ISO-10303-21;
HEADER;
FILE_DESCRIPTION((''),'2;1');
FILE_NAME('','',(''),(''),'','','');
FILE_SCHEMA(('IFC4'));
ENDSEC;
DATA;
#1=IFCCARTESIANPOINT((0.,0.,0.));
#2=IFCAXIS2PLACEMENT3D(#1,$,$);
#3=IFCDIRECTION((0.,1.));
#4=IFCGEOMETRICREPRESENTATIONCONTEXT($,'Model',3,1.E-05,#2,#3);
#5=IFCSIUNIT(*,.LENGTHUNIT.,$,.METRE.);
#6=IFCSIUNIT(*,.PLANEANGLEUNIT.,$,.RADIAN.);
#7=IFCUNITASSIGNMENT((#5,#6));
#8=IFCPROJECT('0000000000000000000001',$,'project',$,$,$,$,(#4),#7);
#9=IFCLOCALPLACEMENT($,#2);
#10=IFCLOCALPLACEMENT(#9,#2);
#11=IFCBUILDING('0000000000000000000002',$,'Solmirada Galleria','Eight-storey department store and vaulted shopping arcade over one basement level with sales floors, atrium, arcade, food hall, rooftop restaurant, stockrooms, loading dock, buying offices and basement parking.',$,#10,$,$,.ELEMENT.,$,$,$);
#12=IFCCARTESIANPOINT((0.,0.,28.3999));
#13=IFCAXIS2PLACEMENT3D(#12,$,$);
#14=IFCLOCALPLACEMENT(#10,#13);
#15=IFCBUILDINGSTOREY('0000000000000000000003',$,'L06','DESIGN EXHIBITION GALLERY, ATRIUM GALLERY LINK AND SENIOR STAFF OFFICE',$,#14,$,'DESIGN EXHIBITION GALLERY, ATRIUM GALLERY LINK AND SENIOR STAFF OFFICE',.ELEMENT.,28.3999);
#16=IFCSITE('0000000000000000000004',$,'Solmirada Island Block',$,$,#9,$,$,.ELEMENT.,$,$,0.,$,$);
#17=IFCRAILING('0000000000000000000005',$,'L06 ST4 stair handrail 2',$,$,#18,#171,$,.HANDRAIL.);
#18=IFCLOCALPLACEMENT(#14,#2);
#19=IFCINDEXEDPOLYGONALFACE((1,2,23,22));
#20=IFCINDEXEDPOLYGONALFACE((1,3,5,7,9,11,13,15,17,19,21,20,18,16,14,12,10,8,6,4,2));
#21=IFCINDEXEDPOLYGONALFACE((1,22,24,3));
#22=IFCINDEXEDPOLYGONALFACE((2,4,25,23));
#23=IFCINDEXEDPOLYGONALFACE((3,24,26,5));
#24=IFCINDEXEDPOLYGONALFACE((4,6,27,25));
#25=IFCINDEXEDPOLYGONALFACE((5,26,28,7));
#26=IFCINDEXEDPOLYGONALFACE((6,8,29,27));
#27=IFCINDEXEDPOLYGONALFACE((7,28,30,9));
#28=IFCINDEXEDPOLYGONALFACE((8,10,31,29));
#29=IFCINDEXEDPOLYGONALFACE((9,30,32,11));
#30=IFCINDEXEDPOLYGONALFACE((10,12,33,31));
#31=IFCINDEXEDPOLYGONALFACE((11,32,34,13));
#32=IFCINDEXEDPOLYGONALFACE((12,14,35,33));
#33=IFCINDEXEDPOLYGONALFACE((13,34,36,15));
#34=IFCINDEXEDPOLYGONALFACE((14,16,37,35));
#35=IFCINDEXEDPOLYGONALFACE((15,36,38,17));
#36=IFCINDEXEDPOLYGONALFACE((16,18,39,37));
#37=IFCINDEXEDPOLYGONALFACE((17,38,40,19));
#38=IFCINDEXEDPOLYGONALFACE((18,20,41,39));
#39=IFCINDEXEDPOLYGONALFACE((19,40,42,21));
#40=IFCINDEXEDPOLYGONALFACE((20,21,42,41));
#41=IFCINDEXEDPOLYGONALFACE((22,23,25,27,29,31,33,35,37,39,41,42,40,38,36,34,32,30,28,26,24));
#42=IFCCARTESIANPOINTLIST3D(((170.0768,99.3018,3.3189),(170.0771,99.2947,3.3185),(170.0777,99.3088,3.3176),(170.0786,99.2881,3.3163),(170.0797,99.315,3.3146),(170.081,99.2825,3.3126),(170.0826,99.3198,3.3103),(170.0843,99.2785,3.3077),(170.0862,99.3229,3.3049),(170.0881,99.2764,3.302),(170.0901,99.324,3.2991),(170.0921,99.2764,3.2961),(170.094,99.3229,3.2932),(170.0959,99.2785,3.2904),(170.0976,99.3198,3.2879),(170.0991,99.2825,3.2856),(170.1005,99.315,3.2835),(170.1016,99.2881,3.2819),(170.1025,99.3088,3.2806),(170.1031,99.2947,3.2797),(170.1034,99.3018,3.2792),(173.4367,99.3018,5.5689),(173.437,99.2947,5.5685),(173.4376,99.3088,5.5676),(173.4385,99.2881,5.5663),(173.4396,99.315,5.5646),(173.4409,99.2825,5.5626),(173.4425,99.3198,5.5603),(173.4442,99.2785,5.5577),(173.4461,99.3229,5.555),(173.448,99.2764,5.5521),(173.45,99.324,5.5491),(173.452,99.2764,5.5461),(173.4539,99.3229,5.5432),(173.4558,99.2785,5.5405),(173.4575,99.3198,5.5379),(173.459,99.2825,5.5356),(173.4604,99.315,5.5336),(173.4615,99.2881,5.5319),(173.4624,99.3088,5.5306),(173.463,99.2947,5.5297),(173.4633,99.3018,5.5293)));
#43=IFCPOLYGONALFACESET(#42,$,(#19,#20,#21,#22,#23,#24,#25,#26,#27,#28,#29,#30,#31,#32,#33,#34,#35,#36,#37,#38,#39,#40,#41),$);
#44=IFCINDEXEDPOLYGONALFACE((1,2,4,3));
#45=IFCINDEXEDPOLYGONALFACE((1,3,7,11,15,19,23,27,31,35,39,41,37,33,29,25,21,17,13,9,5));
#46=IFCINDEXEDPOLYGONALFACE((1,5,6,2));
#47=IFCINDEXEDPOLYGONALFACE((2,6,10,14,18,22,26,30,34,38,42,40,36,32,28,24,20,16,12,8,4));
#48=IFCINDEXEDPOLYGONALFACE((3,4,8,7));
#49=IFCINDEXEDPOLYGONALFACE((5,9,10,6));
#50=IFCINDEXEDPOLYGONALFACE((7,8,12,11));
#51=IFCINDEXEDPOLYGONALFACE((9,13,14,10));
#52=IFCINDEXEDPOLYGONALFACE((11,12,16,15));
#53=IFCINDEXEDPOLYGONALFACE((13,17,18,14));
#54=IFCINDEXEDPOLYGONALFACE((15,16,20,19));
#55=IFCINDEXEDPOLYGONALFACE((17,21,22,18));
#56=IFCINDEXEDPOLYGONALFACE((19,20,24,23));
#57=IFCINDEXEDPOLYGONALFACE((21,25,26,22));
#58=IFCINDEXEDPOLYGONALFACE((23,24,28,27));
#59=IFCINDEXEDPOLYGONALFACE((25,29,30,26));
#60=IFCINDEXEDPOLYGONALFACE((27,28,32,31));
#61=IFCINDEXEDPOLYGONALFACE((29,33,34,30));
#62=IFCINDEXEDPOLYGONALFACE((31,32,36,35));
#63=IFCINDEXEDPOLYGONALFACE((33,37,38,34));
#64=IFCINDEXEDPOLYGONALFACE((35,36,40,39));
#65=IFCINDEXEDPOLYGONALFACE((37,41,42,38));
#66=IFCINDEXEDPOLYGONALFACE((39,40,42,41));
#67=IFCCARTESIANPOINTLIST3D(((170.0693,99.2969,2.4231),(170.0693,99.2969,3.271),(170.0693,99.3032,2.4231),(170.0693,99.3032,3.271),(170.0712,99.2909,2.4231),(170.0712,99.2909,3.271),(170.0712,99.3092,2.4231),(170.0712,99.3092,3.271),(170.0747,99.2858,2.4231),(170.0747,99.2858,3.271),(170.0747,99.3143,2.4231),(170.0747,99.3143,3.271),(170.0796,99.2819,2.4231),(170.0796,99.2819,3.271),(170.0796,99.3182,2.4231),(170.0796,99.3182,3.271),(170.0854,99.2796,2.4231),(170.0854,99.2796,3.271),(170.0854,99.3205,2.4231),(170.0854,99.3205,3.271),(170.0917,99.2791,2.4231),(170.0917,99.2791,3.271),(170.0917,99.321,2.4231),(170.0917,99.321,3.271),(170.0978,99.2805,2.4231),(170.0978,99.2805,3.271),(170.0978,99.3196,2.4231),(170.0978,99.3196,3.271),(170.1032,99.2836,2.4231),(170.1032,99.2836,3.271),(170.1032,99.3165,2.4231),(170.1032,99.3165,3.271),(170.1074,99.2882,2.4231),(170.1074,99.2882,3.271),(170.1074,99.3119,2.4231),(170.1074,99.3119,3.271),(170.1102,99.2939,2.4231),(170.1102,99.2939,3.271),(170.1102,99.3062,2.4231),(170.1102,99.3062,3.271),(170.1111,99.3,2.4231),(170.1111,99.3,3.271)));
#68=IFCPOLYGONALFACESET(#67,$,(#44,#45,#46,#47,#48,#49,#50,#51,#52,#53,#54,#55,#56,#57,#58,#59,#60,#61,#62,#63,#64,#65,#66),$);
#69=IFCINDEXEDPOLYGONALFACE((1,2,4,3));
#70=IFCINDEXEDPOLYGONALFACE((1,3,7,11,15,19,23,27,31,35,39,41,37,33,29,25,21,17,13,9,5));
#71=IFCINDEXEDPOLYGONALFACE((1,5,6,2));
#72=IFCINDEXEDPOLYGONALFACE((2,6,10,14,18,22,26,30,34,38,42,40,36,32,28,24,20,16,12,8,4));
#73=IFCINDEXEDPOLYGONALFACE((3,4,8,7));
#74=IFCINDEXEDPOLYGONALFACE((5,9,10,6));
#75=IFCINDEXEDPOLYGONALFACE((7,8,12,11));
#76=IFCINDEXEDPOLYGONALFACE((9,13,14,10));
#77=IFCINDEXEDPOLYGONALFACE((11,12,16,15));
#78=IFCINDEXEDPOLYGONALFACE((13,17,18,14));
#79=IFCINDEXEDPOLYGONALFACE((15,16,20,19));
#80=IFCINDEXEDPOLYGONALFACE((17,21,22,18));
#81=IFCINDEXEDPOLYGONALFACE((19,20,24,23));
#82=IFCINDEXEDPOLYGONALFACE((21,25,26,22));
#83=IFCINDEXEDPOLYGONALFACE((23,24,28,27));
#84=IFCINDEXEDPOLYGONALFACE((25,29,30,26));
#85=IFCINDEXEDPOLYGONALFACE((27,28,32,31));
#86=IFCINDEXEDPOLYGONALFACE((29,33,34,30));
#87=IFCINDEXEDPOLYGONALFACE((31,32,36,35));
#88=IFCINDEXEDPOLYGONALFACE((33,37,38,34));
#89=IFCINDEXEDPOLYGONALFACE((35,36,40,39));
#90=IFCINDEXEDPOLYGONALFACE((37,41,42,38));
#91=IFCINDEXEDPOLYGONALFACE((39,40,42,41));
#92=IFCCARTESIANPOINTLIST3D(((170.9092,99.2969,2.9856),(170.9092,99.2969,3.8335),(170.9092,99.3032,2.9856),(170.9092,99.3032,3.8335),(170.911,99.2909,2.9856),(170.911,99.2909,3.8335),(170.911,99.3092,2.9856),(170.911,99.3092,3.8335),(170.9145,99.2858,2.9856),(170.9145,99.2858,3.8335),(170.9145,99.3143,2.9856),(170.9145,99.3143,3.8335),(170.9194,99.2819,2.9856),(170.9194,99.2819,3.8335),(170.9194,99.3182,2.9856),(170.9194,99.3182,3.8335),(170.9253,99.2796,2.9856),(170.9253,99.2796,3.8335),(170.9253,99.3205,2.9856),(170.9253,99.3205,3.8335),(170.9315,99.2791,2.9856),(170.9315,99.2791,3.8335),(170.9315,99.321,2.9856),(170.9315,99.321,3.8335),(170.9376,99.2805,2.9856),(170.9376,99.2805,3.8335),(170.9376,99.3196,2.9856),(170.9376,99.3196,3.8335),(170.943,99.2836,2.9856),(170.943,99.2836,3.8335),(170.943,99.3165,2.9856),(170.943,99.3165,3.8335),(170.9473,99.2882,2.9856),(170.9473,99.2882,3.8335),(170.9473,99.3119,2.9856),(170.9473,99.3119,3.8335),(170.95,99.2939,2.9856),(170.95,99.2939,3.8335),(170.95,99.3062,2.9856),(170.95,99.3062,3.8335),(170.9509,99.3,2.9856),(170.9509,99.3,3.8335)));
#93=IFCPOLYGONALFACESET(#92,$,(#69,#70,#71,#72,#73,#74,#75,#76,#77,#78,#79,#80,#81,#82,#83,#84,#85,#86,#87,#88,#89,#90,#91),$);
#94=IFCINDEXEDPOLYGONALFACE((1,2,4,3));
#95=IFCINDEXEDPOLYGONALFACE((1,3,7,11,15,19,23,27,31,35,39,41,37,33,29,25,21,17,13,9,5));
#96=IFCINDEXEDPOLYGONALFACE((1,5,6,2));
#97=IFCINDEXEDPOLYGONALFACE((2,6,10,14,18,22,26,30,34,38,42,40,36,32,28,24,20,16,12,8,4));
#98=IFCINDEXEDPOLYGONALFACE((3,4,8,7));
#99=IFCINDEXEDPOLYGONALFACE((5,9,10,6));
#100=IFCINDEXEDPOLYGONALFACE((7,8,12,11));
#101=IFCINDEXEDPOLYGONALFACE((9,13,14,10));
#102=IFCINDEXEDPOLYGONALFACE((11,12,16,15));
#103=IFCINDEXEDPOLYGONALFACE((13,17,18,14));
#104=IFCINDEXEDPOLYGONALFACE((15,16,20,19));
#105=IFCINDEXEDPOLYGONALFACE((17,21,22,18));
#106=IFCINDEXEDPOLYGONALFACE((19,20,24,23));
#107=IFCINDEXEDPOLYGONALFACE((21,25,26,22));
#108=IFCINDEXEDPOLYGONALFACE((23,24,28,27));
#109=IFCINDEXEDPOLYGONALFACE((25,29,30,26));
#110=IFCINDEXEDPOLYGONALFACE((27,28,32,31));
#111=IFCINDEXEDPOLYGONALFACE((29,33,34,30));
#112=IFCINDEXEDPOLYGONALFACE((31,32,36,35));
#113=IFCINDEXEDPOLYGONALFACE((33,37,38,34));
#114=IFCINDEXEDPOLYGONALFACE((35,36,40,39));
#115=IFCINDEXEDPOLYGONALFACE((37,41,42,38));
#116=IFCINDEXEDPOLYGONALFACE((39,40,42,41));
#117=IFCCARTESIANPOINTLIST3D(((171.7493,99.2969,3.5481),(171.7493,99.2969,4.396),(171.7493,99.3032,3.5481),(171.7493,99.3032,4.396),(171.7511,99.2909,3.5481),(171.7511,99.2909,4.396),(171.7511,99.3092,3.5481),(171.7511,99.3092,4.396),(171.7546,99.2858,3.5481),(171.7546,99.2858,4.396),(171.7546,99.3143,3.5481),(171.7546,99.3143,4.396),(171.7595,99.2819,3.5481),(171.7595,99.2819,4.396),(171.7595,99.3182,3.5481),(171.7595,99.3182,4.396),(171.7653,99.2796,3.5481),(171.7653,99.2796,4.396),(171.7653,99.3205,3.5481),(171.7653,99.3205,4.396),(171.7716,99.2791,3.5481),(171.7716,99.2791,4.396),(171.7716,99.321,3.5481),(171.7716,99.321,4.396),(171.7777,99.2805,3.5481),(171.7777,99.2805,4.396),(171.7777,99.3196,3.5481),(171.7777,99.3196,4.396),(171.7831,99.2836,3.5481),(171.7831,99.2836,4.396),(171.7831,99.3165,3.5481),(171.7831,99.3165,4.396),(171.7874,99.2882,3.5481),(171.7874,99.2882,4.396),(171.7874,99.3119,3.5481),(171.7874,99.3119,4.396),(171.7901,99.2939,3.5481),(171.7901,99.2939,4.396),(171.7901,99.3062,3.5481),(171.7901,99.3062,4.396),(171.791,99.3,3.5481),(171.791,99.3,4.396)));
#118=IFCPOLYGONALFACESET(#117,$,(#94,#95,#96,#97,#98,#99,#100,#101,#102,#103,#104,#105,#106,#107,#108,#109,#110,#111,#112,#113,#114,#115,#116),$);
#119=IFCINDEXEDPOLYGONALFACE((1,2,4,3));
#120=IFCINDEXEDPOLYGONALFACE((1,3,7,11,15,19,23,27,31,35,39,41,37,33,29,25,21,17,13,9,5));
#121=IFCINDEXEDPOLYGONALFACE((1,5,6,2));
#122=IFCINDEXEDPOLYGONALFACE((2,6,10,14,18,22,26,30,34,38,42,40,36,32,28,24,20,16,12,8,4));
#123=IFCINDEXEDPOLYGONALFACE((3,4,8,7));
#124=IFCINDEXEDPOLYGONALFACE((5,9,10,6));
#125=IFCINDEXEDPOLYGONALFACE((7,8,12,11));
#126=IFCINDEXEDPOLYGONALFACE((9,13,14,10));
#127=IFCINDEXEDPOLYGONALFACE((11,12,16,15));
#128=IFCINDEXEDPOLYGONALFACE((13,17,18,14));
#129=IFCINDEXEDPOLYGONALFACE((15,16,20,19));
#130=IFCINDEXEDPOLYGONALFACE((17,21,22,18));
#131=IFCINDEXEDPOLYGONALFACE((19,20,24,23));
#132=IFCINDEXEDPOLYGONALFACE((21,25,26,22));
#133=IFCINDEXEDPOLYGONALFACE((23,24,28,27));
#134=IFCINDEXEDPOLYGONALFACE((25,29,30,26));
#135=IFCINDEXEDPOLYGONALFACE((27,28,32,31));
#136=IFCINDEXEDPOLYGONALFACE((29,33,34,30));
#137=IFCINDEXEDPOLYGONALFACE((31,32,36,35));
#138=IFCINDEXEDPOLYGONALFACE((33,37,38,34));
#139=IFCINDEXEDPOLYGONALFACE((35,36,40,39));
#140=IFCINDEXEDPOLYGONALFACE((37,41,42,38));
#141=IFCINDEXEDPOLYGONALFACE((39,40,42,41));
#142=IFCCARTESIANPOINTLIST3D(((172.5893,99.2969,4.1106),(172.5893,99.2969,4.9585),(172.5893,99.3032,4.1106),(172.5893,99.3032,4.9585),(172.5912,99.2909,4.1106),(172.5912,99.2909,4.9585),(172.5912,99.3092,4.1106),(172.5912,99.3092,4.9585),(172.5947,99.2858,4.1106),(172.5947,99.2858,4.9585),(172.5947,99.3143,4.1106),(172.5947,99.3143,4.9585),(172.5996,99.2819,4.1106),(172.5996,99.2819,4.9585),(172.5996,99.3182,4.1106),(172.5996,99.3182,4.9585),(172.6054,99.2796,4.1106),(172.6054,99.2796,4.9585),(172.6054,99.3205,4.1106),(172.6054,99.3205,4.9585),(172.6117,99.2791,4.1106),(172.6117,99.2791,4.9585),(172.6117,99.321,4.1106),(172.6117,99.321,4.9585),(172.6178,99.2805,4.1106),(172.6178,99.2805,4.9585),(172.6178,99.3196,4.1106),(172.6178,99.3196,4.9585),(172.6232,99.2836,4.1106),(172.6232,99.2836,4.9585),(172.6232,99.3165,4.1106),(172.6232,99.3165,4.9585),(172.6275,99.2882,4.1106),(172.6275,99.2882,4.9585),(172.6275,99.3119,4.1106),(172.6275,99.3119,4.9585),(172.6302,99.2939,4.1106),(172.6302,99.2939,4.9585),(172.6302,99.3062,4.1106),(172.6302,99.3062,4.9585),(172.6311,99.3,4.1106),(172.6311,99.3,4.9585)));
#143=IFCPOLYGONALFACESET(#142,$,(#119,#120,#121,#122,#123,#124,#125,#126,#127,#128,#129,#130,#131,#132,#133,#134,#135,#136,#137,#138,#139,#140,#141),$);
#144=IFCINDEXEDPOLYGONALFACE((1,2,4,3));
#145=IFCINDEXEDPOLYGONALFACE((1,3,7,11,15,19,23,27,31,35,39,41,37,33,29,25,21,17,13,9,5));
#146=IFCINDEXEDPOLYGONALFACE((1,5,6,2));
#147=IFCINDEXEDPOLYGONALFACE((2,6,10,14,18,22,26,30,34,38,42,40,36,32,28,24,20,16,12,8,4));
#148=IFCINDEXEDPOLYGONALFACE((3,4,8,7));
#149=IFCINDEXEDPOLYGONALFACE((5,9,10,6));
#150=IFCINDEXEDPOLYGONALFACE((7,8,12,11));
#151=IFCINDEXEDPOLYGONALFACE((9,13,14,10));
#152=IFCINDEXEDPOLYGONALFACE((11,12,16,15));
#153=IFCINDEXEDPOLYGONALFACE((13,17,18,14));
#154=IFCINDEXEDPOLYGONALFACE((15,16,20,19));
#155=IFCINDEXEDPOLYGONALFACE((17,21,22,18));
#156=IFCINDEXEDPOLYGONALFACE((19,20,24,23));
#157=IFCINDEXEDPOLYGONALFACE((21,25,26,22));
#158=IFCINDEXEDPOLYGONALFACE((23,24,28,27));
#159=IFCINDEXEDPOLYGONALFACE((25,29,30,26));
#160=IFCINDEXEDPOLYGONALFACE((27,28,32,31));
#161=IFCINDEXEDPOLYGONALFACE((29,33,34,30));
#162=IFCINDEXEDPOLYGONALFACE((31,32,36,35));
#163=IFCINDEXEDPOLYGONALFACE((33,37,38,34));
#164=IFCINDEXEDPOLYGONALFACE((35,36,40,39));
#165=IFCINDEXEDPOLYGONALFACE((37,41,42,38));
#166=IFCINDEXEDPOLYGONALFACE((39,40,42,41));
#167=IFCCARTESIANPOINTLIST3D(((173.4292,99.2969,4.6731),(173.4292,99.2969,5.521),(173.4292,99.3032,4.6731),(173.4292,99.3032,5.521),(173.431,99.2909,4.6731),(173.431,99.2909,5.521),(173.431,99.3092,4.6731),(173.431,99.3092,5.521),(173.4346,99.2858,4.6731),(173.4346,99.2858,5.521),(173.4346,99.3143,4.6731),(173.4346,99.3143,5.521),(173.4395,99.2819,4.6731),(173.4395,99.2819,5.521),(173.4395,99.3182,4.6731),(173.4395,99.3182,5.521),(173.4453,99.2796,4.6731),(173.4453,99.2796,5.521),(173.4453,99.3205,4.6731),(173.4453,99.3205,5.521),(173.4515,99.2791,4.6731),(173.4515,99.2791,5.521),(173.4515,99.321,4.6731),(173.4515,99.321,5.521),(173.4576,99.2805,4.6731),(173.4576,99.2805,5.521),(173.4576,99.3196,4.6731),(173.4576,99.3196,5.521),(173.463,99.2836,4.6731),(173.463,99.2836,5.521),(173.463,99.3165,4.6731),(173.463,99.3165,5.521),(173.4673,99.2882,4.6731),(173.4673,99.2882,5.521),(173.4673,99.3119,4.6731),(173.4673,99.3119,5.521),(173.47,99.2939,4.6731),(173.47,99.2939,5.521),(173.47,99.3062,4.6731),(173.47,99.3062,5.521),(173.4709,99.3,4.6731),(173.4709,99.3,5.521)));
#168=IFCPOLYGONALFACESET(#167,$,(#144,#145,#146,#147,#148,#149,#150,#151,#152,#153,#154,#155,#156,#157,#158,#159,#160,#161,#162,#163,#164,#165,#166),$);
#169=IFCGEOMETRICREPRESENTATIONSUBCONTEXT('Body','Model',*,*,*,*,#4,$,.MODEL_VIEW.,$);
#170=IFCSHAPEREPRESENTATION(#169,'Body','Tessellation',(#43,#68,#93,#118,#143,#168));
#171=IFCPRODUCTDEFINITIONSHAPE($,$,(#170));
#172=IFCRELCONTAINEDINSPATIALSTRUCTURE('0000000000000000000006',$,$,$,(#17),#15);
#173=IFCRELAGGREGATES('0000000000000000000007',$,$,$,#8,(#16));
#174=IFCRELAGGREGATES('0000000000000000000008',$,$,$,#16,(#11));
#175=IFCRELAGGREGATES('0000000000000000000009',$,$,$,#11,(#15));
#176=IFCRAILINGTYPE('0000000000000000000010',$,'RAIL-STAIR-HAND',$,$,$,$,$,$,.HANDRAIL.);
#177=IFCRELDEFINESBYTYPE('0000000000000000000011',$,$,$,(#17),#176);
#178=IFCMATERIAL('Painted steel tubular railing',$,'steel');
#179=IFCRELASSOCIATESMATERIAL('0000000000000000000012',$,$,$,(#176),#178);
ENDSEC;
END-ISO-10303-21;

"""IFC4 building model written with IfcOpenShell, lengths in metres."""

from ifc_helpers import new_model, si_unit, direction, frame, origin, origin_2d, place, context, subcontext, project, spatial, circle, extrude, material, type_object, element, save


model = new_model("IFC4")

# Units and contexts
model_context = context("Model", 3, precision=1e-05, world=origin(), true_north=direction((0.0, 1.0)))
body_context = subcontext(model_context, "Body", "Model", "MODEL_VIEW")
ifc_project = project(units=[si_unit("LENGTHUNIT", "METRE"), si_unit("PLANEANGLEUNIT", "RADIAN")], contexts=[model_context])

# Site, building, storey
site_placement = place(None, origin())
site = spatial("IfcSite", under=ifc_project, at=site_placement, Name="Solmirada Island Block", CompositionType="ELEMENT", RefElevation=0.0)
building_placement = place(site_placement, origin())
building = spatial("IfcBuilding", under=site, at=building_placement, Name="Solmirada Galleria", Description="Eight-storey department store and vaulted shopping arcade over one basement level with sales floors, atrium, arcade, food hall, rooftop restaurant, stockrooms, loading dock, buying offices and basement parking.", CompositionType="ELEMENT")
storey_placement = place(building_placement, frame((0.0, 0.0, 28.3999)))
storey = spatial("IfcBuildingStorey", under=building, at=storey_placement, Name="L06", Description="DESIGN EXHIBITION GALLERY, ATRIUM GALLERY LINK AND SENIOR STAFF OFFICE", LongName="DESIGN EXHIBITION GALLERY, ATRIUM GALLERY LINK AND SENIOR STAFF OFFICE", CompositionType="ELEMENT", Elevation=28.3999)

# Railing
ifc_material_1 = material(Name="Painted steel tubular railing", Category="steel")
railing_type_1 = type_object("IfcRailingType", Name="RAIL-STAIR-HAND", PredefinedType="HANDRAIL", material=ifc_material_1)
railing_1_placement = place(storey_placement, frame((170.0901, 99.3, 2.4231)))
element("IfcRailing", 1, at=railing_1_placement, inside=storey, type_object=railing_type_1, Name="L06 ST4 stair handrail 2", PredefinedType="HANDRAIL", context=body_context, shape_type="SweptSolid", body=[
    extrude(circle(Radius=0.0239, at=origin_2d()), frame((0.0, 0.0, 0.876), z_axis=(0.830897, 0.0, 0.556427), x_axis=(0.0, 1.0, 0.0)), (0.0, 0.0, 1.0), 4.0437),
    extrude(circle(Radius=0.021, at=origin_2d()), origin(), (0.0, 0.0, 1.0), 0.8479),
    extrude(circle(Radius=0.021, at=origin_2d()), frame((0.8398, 0.0, 0.5625)), (0.0, 0.0, 1.0), 0.8479),
    extrude(circle(Radius=0.021, at=origin_2d()), frame((1.6799, 0.0, 1.125)), (0.0, 0.0, 1.0), 0.8479),
    extrude(circle(Radius=0.021, at=origin_2d()), frame((2.52, 0.0, 1.6875)), (0.0, 0.0, 1.0), 0.8479),
    extrude(circle(Radius=0.021, at=origin_2d()), frame((3.3599, 0.0, 2.25)), (0.0, 0.0, 1.0), 0.8479),
])

save(model, "model.ifc")
